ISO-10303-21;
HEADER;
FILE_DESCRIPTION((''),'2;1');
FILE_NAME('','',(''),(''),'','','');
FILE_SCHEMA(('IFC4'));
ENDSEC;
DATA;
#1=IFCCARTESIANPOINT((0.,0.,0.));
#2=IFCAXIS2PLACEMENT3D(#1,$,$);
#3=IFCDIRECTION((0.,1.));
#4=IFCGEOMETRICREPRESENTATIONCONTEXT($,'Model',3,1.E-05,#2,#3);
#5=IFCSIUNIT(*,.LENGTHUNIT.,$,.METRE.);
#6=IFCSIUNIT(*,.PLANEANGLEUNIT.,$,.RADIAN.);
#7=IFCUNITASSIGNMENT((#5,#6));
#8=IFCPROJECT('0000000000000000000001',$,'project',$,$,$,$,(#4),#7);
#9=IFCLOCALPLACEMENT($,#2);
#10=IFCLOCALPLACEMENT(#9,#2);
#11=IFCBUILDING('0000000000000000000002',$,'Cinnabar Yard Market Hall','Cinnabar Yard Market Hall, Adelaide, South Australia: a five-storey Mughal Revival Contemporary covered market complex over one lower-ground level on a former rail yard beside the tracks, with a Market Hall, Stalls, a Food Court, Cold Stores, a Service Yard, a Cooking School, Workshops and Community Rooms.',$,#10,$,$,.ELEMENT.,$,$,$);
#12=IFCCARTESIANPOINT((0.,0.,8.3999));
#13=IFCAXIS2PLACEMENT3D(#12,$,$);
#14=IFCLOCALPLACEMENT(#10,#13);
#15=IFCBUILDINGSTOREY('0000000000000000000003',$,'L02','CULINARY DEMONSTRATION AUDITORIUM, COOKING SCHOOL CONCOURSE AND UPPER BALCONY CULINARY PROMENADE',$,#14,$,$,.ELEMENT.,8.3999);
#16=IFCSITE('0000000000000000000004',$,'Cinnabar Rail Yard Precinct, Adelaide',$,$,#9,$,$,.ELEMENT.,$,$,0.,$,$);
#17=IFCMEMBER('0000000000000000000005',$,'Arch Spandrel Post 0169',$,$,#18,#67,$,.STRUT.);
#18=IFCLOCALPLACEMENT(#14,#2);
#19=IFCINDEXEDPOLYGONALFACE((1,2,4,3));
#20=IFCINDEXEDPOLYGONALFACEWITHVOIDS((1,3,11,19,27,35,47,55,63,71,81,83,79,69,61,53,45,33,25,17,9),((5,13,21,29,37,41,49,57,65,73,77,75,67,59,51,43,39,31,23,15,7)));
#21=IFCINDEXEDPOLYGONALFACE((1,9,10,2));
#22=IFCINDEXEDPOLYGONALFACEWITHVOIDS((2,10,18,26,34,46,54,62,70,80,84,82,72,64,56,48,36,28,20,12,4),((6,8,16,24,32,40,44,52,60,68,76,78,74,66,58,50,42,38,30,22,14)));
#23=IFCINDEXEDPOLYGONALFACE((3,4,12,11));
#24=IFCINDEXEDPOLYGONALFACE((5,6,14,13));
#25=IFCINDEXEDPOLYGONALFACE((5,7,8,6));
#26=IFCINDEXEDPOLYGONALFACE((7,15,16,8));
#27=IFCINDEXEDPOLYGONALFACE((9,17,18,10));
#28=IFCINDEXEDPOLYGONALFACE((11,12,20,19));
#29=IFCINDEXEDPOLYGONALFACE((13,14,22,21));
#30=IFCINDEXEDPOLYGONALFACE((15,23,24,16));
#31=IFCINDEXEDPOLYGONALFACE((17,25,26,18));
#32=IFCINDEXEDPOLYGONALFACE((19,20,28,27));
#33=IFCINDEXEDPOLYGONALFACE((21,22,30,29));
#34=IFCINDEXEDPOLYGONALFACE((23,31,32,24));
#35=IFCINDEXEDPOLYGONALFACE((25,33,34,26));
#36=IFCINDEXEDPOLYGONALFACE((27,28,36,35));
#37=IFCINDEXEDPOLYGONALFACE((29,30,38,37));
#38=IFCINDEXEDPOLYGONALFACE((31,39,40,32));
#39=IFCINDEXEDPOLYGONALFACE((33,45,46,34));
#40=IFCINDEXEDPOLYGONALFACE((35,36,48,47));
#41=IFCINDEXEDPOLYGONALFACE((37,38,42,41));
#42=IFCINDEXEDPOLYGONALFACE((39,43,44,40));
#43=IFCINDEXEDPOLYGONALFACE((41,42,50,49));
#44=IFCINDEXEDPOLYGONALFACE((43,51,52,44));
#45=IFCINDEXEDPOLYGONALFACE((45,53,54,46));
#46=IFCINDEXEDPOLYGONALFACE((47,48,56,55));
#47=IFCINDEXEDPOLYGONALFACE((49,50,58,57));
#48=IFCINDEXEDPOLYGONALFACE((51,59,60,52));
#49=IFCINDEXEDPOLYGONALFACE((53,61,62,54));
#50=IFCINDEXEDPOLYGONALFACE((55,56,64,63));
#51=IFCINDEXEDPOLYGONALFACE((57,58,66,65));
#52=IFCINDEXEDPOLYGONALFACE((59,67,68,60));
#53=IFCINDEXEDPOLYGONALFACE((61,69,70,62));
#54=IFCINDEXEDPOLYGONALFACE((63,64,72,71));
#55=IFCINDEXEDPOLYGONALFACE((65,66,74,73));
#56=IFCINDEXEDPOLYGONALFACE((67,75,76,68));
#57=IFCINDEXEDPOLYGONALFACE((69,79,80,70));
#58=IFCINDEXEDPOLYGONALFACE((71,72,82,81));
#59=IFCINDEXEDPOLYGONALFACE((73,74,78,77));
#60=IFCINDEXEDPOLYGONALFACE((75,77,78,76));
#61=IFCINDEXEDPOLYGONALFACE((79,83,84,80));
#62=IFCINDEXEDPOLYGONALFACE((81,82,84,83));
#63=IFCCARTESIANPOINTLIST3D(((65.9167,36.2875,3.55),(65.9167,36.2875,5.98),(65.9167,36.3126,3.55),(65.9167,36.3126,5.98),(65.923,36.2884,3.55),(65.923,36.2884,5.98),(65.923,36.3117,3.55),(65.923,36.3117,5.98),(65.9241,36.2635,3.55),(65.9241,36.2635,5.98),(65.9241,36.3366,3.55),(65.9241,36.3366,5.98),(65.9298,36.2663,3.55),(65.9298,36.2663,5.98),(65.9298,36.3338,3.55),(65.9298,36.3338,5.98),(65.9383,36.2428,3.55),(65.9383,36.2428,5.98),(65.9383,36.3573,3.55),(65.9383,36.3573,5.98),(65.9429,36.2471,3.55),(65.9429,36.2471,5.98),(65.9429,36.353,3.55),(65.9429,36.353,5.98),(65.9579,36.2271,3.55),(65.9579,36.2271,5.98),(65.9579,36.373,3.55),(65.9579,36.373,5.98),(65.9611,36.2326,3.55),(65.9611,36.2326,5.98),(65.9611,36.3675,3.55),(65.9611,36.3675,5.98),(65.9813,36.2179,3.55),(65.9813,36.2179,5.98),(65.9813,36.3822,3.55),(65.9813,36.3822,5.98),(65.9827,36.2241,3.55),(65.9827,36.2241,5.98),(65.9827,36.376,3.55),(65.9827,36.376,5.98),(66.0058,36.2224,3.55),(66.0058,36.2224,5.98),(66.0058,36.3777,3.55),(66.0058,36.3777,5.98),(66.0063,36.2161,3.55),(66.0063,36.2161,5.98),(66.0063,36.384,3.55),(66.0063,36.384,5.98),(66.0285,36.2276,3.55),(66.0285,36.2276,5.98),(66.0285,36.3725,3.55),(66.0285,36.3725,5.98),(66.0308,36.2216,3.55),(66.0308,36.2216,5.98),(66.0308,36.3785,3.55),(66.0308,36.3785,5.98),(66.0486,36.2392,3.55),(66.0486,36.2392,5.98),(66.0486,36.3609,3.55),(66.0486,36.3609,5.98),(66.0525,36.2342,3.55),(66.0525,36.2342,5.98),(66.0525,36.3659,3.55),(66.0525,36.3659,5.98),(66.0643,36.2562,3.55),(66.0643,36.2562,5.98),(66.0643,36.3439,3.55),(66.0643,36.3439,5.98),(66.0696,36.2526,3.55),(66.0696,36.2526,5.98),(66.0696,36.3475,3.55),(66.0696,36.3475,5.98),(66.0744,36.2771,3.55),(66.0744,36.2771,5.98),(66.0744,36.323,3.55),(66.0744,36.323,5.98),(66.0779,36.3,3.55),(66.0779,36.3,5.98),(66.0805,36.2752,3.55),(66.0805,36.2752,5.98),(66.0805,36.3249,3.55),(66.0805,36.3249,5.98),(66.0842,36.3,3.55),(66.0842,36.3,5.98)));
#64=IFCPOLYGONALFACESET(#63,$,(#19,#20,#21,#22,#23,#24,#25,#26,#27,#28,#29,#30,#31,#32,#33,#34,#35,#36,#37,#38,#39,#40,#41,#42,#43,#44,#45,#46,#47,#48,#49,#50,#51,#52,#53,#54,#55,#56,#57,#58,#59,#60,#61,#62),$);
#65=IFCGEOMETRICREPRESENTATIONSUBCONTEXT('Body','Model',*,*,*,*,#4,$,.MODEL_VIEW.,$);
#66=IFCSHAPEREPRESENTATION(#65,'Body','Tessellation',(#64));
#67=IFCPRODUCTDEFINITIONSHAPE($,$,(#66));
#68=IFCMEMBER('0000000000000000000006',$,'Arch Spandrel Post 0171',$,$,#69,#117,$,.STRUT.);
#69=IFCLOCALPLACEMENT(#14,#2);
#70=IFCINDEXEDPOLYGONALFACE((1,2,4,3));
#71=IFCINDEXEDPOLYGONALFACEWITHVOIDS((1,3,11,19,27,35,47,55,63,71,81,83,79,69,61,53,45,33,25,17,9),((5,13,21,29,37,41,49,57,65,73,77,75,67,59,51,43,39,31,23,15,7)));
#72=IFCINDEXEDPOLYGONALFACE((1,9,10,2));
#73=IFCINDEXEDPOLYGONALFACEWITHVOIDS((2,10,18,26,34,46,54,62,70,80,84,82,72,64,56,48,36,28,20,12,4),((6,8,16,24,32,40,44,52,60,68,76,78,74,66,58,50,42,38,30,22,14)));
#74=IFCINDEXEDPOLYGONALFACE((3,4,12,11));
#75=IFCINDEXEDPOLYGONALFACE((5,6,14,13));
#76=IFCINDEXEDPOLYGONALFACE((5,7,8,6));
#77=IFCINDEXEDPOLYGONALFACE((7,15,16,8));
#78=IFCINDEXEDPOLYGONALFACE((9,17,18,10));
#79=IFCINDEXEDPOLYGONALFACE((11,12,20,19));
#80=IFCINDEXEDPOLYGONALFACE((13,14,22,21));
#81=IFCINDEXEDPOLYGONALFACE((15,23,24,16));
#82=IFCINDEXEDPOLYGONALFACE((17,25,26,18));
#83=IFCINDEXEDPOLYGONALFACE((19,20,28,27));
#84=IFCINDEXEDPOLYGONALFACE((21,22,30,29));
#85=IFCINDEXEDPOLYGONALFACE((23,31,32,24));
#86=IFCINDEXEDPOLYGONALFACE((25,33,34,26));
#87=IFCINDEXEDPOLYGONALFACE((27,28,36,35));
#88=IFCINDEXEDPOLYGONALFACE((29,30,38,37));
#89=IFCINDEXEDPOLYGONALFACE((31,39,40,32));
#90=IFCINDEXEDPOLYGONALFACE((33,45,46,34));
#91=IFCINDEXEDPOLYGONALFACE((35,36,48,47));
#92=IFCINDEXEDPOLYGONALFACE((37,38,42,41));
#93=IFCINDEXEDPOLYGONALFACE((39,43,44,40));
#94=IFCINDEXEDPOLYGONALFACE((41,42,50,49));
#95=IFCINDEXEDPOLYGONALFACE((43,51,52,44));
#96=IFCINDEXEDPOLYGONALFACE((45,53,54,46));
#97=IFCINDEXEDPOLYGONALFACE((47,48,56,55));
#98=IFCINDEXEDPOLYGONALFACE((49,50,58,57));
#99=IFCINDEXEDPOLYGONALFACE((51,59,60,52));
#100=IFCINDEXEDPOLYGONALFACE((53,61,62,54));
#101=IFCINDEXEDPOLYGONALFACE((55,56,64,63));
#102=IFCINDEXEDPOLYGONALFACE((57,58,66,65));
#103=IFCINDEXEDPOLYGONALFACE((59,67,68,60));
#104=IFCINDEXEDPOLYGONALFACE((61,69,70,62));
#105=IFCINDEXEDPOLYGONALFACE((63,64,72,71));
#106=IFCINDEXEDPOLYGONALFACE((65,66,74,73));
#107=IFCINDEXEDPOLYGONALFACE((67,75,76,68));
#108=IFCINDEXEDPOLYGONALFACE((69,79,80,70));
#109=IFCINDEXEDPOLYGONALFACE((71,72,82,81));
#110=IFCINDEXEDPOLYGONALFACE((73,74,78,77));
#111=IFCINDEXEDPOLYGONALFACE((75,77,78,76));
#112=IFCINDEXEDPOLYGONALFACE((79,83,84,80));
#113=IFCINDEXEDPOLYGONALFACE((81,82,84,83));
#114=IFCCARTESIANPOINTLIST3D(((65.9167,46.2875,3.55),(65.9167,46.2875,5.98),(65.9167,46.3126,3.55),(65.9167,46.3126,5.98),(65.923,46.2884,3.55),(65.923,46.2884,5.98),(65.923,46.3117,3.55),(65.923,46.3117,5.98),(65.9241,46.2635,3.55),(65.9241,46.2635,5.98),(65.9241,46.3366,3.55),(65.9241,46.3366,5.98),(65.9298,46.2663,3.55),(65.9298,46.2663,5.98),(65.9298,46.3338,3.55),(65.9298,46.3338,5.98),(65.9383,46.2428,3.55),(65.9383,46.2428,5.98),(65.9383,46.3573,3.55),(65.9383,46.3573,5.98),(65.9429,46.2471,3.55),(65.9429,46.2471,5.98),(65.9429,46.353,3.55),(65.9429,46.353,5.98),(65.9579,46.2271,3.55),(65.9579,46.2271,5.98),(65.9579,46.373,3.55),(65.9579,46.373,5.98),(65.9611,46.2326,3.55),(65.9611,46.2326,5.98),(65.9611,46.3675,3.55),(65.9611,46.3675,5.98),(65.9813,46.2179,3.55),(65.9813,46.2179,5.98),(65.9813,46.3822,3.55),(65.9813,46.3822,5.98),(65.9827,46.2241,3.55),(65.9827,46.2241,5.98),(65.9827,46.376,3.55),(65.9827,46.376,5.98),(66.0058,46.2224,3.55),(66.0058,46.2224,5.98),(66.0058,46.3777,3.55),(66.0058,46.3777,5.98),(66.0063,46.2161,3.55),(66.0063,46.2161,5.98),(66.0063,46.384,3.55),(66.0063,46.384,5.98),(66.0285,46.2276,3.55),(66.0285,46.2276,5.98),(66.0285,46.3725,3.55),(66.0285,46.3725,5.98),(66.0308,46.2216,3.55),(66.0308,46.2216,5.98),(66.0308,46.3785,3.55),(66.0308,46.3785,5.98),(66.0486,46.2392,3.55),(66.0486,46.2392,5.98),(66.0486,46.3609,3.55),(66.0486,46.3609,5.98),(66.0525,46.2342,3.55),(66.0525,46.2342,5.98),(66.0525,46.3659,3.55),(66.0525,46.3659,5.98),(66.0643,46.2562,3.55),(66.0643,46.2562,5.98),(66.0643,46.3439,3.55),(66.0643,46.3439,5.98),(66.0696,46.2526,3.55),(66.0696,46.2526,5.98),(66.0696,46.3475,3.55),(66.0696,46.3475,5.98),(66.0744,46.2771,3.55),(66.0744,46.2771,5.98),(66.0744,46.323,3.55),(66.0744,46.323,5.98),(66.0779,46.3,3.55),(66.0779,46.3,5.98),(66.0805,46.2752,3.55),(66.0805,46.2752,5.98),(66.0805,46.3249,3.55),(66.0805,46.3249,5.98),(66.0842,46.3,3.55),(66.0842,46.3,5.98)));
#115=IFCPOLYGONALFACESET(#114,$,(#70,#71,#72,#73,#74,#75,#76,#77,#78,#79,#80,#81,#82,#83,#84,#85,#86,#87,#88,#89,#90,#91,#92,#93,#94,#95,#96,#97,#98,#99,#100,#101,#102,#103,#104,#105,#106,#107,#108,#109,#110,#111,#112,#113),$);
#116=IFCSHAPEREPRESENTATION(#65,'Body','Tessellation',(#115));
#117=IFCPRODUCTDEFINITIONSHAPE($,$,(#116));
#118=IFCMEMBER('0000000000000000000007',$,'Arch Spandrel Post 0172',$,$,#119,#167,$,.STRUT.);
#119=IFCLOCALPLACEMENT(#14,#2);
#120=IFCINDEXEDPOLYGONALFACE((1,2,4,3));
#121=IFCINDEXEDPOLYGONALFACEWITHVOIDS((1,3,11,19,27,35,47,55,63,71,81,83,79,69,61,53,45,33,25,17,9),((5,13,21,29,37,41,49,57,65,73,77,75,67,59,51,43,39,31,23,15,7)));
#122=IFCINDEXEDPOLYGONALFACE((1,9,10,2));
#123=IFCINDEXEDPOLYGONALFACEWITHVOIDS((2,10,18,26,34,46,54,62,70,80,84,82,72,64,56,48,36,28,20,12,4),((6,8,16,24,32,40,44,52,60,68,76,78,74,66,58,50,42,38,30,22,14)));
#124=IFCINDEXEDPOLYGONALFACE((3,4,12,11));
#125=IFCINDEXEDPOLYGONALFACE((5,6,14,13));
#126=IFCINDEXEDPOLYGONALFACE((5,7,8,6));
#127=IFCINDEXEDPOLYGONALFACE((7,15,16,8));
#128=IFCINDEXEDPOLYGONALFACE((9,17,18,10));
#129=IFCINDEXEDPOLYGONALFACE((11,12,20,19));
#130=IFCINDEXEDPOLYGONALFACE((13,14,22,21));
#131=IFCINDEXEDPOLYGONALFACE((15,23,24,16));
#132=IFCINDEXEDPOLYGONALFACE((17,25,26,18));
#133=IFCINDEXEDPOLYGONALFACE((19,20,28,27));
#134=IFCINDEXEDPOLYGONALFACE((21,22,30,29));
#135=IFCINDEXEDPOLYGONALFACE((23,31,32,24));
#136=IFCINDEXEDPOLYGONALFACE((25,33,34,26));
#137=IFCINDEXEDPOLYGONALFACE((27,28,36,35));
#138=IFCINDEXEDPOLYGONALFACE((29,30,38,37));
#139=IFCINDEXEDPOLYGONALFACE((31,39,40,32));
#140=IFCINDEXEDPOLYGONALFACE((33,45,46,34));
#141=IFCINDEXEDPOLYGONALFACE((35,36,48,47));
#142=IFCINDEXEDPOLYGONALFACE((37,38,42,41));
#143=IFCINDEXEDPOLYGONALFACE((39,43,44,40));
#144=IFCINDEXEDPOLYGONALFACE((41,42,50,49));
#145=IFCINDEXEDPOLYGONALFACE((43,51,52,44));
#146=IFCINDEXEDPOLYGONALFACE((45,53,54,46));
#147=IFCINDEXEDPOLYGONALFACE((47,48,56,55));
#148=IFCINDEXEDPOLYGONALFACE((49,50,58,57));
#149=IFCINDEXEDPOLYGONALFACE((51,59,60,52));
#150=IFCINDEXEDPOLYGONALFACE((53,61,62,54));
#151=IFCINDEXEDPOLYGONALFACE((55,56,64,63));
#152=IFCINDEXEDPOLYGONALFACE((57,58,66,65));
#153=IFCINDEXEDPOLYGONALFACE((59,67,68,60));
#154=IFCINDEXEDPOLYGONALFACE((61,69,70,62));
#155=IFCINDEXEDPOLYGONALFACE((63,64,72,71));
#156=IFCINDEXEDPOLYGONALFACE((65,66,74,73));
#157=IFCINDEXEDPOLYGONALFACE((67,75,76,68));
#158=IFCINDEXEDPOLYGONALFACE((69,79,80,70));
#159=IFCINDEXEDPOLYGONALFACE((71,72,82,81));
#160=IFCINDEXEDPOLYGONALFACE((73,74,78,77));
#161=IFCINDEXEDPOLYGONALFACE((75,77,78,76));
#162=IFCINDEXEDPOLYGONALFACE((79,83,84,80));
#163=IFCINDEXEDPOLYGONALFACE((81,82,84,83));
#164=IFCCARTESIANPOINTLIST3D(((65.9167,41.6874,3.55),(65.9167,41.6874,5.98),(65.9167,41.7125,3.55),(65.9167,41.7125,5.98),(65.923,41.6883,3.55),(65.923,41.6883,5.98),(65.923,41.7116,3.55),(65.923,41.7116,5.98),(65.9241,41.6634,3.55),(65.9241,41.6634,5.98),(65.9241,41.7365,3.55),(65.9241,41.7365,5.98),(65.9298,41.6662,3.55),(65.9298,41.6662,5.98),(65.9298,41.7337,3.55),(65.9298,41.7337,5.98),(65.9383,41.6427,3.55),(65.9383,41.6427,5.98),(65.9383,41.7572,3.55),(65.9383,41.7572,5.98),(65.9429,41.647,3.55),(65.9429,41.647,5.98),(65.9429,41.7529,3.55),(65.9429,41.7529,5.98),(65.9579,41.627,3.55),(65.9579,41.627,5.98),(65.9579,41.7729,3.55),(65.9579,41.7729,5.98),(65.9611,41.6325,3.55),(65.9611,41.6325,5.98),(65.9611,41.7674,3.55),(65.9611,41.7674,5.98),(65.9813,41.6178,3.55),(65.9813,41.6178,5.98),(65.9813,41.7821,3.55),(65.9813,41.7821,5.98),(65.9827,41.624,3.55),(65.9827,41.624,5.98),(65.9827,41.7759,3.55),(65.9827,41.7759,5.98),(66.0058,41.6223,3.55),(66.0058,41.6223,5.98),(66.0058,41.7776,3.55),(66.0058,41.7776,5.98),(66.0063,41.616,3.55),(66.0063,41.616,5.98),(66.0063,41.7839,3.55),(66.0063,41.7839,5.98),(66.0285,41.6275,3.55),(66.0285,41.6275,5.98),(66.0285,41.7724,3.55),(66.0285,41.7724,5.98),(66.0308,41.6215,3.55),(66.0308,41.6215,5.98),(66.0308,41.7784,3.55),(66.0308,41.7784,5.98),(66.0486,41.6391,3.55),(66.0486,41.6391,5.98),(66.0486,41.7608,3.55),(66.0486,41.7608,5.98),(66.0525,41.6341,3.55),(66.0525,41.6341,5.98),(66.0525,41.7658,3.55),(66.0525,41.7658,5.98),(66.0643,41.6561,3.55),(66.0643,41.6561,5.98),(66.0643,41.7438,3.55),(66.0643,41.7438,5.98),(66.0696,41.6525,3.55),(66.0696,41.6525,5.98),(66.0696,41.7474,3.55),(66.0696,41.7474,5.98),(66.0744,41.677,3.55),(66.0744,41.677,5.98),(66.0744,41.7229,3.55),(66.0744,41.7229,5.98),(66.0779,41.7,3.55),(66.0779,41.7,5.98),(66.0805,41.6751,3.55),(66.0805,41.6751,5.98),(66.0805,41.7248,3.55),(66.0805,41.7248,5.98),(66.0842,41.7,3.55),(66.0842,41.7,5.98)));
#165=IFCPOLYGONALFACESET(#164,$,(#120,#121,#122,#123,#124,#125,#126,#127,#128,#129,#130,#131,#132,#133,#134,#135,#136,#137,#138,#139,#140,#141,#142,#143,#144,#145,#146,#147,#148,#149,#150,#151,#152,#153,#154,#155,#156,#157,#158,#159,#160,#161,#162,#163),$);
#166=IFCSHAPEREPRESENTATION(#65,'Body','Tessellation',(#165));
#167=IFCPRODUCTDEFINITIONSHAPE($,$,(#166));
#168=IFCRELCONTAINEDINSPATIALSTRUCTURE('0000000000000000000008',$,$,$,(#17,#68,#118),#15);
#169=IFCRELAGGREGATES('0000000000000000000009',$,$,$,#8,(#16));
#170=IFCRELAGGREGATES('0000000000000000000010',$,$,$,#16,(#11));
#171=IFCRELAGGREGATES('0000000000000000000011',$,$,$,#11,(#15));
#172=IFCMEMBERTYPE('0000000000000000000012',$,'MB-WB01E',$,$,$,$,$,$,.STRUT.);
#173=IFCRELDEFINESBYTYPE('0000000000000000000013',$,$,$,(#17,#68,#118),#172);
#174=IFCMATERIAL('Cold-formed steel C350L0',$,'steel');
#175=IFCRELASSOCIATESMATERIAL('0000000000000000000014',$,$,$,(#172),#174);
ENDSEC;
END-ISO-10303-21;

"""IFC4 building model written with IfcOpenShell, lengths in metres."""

from ifc_helpers import new_model, si_unit, direction, frame, origin, origin_2d_with_axis, place, context, subcontext, project, spatial, hollow_circle, extrude, material, material_profile, profile_set, type_object, element, save


model = new_model("IFC4")

# Units and contexts
model_context = context("Model", 3, precision=1e-05, world=origin(), true_north=direction((0.0, 1.0)))
body_context = subcontext(model_context, "Body", "Model", "MODEL_VIEW")
ifc_project = project(units=[si_unit("LENGTHUNIT", "METRE"), si_unit("PLANEANGLEUNIT", "RADIAN")], contexts=[model_context])

# Site, building, storey
site_placement = place(None, origin())
site = spatial("IfcSite", under=ifc_project, at=site_placement, Name="Cinnabar Rail Yard Precinct, Adelaide", CompositionType="ELEMENT", RefElevation=0.0)
building_placement = place(site_placement, origin())
building = spatial("IfcBuilding", under=site, at=building_placement, Name="Cinnabar Yard Market Hall", Description="Cinnabar Yard Market Hall, Adelaide, South Australia: a five-storey Mughal Revival Contemporary covered market complex over one lower-ground level on a former rail yard beside the tracks, with a Market Hall, Stalls, a Food Court, Cold Stores, a Service Yard, a Cooking School, Workshops and Community Rooms.", CompositionType="ELEMENT")
storey_placement = place(building_placement, frame((0.0, 0.0, 8.3999)))
storey = spatial("IfcBuildingStorey", under=building, at=storey_placement, Name="L02", Description="CULINARY DEMONSTRATION AUDITORIUM, COOKING SCHOOL CONCOURSE AND UPPER BALCONY CULINARY PROMENADE", CompositionType="ELEMENT", Elevation=8.3999)

# Members
ifc_material_1 = material(Name="Cold-formed steel C350L0", Category="steel")
ifc_material_profile_1 = material_profile(ifc_material_1, hollow_circle(Radius=0.0842, WallThickness=0.0063, at=origin_2d_with_axis()), Name="168.3x6.4CHS")
ifc_profile_set_1 = profile_set([ifc_material_profile_1], Name="Cold-formed steel C350L0")
member_type_1 = type_object("IfcMemberType", Name="MB-WB01E", PredefinedType="STRUT", material=ifc_profile_set_1)
for number, where, z_axis, x_axis, name in (
    (1, (66.0, 36.3, 3.55), (0.0, 0.0, 1.0), (1.0, 0.0, 0.0), "Arch Spandrel Post 0169"),
    (2, (66.0, 46.3, 3.55), (0.0, 0.0, 1.0), (1.0, 0.0, 0.0), "Arch Spandrel Post 0171"),
    (3, (66.0, 41.7, 3.55), (0.0, 0.0, 1.0), (1.0, 0.0, 0.0), "Arch Spandrel Post 0172"),
):
    element("IfcMember", number, at=place(storey_placement, frame(where, z_axis=z_axis, x_axis=x_axis)), inside=storey, type_object=member_type_1, Name=name, PredefinedType="STRUT", context=body_context, shape_type="SweptSolid", body=[
        extrude(hollow_circle(Radius=0.0842, WallThickness=0.0063, at=origin_2d_with_axis()), origin(), (0.0, 0.0, 1.0), 2.4299),
    ])

save(model, "model.ifc")
